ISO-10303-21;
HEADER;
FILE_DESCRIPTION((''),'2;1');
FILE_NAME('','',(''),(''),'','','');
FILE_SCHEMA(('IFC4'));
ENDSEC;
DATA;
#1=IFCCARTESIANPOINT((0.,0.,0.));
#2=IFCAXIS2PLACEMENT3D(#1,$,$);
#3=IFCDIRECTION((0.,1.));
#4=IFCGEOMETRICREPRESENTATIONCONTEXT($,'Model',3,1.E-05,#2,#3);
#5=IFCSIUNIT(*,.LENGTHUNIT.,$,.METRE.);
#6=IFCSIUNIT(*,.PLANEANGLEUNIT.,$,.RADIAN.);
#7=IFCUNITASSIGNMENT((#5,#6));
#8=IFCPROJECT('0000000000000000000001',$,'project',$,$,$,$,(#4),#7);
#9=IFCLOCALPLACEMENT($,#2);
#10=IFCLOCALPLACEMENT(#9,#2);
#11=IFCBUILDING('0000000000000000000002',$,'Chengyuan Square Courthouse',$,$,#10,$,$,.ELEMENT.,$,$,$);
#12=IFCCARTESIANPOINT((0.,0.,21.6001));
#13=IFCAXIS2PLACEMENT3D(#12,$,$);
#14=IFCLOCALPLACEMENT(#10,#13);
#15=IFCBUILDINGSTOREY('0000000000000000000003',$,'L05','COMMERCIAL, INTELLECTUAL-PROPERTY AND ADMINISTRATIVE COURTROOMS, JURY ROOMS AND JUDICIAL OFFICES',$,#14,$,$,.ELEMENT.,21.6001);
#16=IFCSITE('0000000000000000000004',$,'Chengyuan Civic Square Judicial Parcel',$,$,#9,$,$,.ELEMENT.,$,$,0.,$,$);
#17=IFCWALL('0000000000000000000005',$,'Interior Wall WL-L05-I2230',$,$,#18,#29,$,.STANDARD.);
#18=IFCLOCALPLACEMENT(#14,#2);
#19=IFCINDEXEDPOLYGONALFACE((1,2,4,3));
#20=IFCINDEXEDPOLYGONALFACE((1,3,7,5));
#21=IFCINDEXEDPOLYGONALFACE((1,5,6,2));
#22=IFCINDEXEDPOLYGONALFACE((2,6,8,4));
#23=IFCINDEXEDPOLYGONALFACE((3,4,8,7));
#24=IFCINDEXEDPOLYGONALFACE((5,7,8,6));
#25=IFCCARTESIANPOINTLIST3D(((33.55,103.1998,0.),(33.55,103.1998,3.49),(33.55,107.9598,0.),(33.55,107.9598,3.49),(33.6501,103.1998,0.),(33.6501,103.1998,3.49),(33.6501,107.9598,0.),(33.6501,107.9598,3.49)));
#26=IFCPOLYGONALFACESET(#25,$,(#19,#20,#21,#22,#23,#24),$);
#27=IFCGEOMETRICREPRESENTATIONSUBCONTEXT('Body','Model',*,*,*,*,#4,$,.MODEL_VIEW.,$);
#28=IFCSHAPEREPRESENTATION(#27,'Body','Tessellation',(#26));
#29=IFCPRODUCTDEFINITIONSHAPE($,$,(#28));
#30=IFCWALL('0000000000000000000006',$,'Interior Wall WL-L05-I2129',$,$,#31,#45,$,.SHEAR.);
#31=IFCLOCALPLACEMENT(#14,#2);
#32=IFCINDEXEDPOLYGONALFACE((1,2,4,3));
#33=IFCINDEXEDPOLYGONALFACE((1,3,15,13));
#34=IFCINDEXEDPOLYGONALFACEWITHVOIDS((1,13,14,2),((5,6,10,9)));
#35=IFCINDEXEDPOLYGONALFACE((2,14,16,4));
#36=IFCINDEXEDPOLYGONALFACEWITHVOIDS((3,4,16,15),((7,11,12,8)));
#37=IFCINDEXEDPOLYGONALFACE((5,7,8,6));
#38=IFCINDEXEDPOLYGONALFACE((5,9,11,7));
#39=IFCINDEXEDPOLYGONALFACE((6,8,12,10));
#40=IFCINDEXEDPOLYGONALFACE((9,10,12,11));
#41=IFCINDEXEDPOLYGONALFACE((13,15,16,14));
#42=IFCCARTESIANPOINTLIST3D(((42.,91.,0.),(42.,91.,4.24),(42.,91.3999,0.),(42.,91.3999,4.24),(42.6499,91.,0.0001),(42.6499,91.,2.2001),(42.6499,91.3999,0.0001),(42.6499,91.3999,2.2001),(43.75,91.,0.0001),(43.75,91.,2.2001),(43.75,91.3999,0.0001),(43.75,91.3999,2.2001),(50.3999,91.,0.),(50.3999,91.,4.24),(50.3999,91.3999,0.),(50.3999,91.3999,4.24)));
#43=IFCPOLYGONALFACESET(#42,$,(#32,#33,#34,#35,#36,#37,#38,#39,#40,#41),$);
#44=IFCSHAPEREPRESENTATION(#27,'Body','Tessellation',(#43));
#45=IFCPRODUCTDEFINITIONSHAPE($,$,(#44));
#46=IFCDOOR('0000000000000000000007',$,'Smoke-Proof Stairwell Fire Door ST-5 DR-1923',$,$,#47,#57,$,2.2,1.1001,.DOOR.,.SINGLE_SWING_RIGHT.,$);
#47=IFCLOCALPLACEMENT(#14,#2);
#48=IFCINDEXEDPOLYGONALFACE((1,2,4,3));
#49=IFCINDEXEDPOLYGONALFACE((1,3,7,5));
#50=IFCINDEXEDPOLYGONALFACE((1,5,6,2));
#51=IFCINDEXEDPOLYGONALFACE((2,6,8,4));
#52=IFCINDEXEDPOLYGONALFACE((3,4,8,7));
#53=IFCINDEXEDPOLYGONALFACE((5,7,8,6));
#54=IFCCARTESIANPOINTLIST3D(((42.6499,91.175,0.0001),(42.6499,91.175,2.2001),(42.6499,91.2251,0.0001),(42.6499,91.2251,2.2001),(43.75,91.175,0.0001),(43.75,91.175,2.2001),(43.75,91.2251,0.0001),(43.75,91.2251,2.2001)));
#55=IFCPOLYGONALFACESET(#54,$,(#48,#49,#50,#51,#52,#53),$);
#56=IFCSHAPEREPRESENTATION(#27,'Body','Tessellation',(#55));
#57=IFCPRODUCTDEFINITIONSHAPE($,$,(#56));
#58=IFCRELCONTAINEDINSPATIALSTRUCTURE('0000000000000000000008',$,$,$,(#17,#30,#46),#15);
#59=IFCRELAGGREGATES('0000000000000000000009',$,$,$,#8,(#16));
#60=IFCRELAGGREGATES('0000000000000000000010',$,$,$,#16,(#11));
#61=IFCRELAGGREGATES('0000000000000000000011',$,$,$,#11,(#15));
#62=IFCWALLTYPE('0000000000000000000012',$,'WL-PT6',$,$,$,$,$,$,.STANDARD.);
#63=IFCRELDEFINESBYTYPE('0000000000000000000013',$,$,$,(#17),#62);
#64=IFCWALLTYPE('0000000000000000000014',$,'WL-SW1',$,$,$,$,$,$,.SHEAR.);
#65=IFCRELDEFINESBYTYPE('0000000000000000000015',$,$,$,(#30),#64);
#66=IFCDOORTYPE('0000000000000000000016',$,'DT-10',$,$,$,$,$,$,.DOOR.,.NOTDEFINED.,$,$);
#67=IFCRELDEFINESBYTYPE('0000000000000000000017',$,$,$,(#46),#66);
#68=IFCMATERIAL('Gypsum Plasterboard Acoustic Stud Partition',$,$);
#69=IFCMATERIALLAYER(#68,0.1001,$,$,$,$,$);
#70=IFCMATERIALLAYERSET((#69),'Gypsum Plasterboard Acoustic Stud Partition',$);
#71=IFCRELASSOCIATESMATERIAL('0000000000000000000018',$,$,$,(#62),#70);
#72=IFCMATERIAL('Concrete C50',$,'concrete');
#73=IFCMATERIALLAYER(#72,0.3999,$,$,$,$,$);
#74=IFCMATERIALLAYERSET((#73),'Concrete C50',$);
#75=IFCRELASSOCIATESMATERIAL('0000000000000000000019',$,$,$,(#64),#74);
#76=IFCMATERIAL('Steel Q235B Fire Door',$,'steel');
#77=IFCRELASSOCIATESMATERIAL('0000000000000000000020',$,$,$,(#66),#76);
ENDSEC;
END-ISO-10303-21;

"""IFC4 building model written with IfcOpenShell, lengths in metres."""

from ifc_helpers import new_model, si_unit, direction, frame, frame_2d, origin, place, context, subcontext, project, spatial, rectangle, extrude, material, layer, layer_set, type_object, element, fill, save


model = new_model("IFC4")

# Units and contexts
model_context = context("Model", 3, precision=1e-05, world=origin(), true_north=direction((0.0, 1.0)))
body_context = subcontext(model_context, "Body", "Model", "MODEL_VIEW")
ifc_project = project(units=[si_unit("LENGTHUNIT", "METRE"), si_unit("PLANEANGLEUNIT", "RADIAN")], contexts=[model_context])

# Site, building, storey
site_placement = place(None, origin())
site = spatial("IfcSite", under=ifc_project, at=site_placement, Name="Chengyuan Civic Square Judicial Parcel", CompositionType="ELEMENT", RefElevation=0.0)
building_placement = place(site_placement, origin())
building = spatial("IfcBuilding", under=site, at=building_placement, Name="Chengyuan Square Courthouse", CompositionType="ELEMENT")
storey_placement = place(building_placement, frame((0.0, 0.0, 21.6001)))
storey = spatial("IfcBuildingStorey", under=building, at=storey_placement, Name="L05", Description="COMMERCIAL, INTELLECTUAL-PROPERTY AND ADMINISTRATIVE COURTROOMS, JURY ROOMS AND JUDICIAL OFFICES", CompositionType="ELEMENT", Elevation=21.6001)

# Shared definitions
ifc_material_1 = material(Name="Concrete C50", Category="concrete")

# Wall
ifc_material_2 = material(Name="Gypsum Plasterboard Acoustic Stud Partition")
ifc_layer_1 = layer(ifc_material_2, 0.1001)
ifc_layer_set_1 = layer_set([ifc_layer_1], Name="Gypsum Plasterboard Acoustic Stud Partition")
wall_type_1 = type_object("IfcWallType", Name="WL-PT6", PredefinedType="STANDARD", material=ifc_layer_set_1)
wall_1_placement = place(storey_placement, frame((33.6001, 103.2, 0.0), z_axis=(0.0, 0.0, 1.0), x_axis=(0.0, 1.0, 0.0)))
element("IfcWall", 1, at=wall_1_placement, inside=storey, type_object=wall_type_1, Name="Interior Wall WL-L05-I2230", PredefinedType="STANDARD", context=body_context, shape_type="SweptSolid", body=[
    extrude(rectangle(XDim=4.76, YDim=0.1001, at=frame_2d((2.3799, 0.0))), origin(), (0.0, 0.0, 1.0), 3.49),
])

# Wall, opening, door
ifc_layer_2 = layer(ifc_material_1, 0.3999)
ifc_layer_set_2 = layer_set([ifc_layer_2], Name="Concrete C50")
wall_type_2 = type_object("IfcWallType", Name="WL-SW1", PredefinedType="SHEAR", material=ifc_layer_set_2)
wall_2_placement = place(storey_placement, frame((42.0, 91.2, 0.0), z_axis=(0.0, 0.0, 1.0), x_axis=(1.0, 0.0, 0.0)))
wall_2 = element("IfcWall", 2, at=wall_2_placement, inside=storey, type_object=wall_type_2, Name="Interior Wall WL-L05-I2129", PredefinedType="SHEAR", context=body_context, shape_type="SweptSolid", body=[
    extrude(rectangle(XDim=8.3999, YDim=0.3999, at=frame_2d((4.2, 0.0))), origin(), (0.0, 0.0, 1.0), 4.24),
])
opening_1_placement = place(wall_2_placement, frame((0.6499, 0.0, 0.0)))
opening_1 = element("IfcOpeningElement", 3, at=opening_1_placement, cuts=wall_2, PredefinedType="OPENING", context=body_context, shape_type="SweptSolid", body=[
    extrude(rectangle(XDim=1.1001, YDim=2.2, at=frame_2d((0.55, 1.1001))), frame((0.0, 0.2119, 0.0), z_axis=(0.0, -1.0, 0.0), x_axis=(1.0, 0.0, 0.0)), (0.0, 0.0, 1.0), 0.4238),
])
ifc_material_3 = material(Name="Steel Q235B Fire Door", Category="steel")
door_type_1 = type_object("IfcDoorType", Name="DT-10", OperationType="NOTDEFINED", PredefinedType="DOOR", material=ifc_material_3)
door_1_placement = place(opening_1_placement, frame((1.1001, 0.0, 0.0), z_axis=(0.0, 0.0, 1.0), x_axis=(-1.0, 0.0, 0.0)))
door_1 = element("IfcDoor", 4, at=door_1_placement, inside=storey, type_object=door_type_1, Name="Smoke-Proof Stairwell Fire Door ST-5 DR-1923", OperationType="SINGLE_SWING_RIGHT", OverallHeight=2.2, OverallWidth=1.1001, PredefinedType="DOOR", context=body_context, shape_type="SweptSolid", body=[
    extrude(rectangle(XDim=1.1001, YDim=2.2, at=frame_2d((0.55, 1.1001))), frame((0.0, 0.0249, 0.0), z_axis=(0.0, -1.0, 0.0), x_axis=(1.0, 0.0, 0.0)), (0.0, 0.0, 1.0), 0.05),
])
fill(opening_1, door_1)

save(model, "model.ifc")
